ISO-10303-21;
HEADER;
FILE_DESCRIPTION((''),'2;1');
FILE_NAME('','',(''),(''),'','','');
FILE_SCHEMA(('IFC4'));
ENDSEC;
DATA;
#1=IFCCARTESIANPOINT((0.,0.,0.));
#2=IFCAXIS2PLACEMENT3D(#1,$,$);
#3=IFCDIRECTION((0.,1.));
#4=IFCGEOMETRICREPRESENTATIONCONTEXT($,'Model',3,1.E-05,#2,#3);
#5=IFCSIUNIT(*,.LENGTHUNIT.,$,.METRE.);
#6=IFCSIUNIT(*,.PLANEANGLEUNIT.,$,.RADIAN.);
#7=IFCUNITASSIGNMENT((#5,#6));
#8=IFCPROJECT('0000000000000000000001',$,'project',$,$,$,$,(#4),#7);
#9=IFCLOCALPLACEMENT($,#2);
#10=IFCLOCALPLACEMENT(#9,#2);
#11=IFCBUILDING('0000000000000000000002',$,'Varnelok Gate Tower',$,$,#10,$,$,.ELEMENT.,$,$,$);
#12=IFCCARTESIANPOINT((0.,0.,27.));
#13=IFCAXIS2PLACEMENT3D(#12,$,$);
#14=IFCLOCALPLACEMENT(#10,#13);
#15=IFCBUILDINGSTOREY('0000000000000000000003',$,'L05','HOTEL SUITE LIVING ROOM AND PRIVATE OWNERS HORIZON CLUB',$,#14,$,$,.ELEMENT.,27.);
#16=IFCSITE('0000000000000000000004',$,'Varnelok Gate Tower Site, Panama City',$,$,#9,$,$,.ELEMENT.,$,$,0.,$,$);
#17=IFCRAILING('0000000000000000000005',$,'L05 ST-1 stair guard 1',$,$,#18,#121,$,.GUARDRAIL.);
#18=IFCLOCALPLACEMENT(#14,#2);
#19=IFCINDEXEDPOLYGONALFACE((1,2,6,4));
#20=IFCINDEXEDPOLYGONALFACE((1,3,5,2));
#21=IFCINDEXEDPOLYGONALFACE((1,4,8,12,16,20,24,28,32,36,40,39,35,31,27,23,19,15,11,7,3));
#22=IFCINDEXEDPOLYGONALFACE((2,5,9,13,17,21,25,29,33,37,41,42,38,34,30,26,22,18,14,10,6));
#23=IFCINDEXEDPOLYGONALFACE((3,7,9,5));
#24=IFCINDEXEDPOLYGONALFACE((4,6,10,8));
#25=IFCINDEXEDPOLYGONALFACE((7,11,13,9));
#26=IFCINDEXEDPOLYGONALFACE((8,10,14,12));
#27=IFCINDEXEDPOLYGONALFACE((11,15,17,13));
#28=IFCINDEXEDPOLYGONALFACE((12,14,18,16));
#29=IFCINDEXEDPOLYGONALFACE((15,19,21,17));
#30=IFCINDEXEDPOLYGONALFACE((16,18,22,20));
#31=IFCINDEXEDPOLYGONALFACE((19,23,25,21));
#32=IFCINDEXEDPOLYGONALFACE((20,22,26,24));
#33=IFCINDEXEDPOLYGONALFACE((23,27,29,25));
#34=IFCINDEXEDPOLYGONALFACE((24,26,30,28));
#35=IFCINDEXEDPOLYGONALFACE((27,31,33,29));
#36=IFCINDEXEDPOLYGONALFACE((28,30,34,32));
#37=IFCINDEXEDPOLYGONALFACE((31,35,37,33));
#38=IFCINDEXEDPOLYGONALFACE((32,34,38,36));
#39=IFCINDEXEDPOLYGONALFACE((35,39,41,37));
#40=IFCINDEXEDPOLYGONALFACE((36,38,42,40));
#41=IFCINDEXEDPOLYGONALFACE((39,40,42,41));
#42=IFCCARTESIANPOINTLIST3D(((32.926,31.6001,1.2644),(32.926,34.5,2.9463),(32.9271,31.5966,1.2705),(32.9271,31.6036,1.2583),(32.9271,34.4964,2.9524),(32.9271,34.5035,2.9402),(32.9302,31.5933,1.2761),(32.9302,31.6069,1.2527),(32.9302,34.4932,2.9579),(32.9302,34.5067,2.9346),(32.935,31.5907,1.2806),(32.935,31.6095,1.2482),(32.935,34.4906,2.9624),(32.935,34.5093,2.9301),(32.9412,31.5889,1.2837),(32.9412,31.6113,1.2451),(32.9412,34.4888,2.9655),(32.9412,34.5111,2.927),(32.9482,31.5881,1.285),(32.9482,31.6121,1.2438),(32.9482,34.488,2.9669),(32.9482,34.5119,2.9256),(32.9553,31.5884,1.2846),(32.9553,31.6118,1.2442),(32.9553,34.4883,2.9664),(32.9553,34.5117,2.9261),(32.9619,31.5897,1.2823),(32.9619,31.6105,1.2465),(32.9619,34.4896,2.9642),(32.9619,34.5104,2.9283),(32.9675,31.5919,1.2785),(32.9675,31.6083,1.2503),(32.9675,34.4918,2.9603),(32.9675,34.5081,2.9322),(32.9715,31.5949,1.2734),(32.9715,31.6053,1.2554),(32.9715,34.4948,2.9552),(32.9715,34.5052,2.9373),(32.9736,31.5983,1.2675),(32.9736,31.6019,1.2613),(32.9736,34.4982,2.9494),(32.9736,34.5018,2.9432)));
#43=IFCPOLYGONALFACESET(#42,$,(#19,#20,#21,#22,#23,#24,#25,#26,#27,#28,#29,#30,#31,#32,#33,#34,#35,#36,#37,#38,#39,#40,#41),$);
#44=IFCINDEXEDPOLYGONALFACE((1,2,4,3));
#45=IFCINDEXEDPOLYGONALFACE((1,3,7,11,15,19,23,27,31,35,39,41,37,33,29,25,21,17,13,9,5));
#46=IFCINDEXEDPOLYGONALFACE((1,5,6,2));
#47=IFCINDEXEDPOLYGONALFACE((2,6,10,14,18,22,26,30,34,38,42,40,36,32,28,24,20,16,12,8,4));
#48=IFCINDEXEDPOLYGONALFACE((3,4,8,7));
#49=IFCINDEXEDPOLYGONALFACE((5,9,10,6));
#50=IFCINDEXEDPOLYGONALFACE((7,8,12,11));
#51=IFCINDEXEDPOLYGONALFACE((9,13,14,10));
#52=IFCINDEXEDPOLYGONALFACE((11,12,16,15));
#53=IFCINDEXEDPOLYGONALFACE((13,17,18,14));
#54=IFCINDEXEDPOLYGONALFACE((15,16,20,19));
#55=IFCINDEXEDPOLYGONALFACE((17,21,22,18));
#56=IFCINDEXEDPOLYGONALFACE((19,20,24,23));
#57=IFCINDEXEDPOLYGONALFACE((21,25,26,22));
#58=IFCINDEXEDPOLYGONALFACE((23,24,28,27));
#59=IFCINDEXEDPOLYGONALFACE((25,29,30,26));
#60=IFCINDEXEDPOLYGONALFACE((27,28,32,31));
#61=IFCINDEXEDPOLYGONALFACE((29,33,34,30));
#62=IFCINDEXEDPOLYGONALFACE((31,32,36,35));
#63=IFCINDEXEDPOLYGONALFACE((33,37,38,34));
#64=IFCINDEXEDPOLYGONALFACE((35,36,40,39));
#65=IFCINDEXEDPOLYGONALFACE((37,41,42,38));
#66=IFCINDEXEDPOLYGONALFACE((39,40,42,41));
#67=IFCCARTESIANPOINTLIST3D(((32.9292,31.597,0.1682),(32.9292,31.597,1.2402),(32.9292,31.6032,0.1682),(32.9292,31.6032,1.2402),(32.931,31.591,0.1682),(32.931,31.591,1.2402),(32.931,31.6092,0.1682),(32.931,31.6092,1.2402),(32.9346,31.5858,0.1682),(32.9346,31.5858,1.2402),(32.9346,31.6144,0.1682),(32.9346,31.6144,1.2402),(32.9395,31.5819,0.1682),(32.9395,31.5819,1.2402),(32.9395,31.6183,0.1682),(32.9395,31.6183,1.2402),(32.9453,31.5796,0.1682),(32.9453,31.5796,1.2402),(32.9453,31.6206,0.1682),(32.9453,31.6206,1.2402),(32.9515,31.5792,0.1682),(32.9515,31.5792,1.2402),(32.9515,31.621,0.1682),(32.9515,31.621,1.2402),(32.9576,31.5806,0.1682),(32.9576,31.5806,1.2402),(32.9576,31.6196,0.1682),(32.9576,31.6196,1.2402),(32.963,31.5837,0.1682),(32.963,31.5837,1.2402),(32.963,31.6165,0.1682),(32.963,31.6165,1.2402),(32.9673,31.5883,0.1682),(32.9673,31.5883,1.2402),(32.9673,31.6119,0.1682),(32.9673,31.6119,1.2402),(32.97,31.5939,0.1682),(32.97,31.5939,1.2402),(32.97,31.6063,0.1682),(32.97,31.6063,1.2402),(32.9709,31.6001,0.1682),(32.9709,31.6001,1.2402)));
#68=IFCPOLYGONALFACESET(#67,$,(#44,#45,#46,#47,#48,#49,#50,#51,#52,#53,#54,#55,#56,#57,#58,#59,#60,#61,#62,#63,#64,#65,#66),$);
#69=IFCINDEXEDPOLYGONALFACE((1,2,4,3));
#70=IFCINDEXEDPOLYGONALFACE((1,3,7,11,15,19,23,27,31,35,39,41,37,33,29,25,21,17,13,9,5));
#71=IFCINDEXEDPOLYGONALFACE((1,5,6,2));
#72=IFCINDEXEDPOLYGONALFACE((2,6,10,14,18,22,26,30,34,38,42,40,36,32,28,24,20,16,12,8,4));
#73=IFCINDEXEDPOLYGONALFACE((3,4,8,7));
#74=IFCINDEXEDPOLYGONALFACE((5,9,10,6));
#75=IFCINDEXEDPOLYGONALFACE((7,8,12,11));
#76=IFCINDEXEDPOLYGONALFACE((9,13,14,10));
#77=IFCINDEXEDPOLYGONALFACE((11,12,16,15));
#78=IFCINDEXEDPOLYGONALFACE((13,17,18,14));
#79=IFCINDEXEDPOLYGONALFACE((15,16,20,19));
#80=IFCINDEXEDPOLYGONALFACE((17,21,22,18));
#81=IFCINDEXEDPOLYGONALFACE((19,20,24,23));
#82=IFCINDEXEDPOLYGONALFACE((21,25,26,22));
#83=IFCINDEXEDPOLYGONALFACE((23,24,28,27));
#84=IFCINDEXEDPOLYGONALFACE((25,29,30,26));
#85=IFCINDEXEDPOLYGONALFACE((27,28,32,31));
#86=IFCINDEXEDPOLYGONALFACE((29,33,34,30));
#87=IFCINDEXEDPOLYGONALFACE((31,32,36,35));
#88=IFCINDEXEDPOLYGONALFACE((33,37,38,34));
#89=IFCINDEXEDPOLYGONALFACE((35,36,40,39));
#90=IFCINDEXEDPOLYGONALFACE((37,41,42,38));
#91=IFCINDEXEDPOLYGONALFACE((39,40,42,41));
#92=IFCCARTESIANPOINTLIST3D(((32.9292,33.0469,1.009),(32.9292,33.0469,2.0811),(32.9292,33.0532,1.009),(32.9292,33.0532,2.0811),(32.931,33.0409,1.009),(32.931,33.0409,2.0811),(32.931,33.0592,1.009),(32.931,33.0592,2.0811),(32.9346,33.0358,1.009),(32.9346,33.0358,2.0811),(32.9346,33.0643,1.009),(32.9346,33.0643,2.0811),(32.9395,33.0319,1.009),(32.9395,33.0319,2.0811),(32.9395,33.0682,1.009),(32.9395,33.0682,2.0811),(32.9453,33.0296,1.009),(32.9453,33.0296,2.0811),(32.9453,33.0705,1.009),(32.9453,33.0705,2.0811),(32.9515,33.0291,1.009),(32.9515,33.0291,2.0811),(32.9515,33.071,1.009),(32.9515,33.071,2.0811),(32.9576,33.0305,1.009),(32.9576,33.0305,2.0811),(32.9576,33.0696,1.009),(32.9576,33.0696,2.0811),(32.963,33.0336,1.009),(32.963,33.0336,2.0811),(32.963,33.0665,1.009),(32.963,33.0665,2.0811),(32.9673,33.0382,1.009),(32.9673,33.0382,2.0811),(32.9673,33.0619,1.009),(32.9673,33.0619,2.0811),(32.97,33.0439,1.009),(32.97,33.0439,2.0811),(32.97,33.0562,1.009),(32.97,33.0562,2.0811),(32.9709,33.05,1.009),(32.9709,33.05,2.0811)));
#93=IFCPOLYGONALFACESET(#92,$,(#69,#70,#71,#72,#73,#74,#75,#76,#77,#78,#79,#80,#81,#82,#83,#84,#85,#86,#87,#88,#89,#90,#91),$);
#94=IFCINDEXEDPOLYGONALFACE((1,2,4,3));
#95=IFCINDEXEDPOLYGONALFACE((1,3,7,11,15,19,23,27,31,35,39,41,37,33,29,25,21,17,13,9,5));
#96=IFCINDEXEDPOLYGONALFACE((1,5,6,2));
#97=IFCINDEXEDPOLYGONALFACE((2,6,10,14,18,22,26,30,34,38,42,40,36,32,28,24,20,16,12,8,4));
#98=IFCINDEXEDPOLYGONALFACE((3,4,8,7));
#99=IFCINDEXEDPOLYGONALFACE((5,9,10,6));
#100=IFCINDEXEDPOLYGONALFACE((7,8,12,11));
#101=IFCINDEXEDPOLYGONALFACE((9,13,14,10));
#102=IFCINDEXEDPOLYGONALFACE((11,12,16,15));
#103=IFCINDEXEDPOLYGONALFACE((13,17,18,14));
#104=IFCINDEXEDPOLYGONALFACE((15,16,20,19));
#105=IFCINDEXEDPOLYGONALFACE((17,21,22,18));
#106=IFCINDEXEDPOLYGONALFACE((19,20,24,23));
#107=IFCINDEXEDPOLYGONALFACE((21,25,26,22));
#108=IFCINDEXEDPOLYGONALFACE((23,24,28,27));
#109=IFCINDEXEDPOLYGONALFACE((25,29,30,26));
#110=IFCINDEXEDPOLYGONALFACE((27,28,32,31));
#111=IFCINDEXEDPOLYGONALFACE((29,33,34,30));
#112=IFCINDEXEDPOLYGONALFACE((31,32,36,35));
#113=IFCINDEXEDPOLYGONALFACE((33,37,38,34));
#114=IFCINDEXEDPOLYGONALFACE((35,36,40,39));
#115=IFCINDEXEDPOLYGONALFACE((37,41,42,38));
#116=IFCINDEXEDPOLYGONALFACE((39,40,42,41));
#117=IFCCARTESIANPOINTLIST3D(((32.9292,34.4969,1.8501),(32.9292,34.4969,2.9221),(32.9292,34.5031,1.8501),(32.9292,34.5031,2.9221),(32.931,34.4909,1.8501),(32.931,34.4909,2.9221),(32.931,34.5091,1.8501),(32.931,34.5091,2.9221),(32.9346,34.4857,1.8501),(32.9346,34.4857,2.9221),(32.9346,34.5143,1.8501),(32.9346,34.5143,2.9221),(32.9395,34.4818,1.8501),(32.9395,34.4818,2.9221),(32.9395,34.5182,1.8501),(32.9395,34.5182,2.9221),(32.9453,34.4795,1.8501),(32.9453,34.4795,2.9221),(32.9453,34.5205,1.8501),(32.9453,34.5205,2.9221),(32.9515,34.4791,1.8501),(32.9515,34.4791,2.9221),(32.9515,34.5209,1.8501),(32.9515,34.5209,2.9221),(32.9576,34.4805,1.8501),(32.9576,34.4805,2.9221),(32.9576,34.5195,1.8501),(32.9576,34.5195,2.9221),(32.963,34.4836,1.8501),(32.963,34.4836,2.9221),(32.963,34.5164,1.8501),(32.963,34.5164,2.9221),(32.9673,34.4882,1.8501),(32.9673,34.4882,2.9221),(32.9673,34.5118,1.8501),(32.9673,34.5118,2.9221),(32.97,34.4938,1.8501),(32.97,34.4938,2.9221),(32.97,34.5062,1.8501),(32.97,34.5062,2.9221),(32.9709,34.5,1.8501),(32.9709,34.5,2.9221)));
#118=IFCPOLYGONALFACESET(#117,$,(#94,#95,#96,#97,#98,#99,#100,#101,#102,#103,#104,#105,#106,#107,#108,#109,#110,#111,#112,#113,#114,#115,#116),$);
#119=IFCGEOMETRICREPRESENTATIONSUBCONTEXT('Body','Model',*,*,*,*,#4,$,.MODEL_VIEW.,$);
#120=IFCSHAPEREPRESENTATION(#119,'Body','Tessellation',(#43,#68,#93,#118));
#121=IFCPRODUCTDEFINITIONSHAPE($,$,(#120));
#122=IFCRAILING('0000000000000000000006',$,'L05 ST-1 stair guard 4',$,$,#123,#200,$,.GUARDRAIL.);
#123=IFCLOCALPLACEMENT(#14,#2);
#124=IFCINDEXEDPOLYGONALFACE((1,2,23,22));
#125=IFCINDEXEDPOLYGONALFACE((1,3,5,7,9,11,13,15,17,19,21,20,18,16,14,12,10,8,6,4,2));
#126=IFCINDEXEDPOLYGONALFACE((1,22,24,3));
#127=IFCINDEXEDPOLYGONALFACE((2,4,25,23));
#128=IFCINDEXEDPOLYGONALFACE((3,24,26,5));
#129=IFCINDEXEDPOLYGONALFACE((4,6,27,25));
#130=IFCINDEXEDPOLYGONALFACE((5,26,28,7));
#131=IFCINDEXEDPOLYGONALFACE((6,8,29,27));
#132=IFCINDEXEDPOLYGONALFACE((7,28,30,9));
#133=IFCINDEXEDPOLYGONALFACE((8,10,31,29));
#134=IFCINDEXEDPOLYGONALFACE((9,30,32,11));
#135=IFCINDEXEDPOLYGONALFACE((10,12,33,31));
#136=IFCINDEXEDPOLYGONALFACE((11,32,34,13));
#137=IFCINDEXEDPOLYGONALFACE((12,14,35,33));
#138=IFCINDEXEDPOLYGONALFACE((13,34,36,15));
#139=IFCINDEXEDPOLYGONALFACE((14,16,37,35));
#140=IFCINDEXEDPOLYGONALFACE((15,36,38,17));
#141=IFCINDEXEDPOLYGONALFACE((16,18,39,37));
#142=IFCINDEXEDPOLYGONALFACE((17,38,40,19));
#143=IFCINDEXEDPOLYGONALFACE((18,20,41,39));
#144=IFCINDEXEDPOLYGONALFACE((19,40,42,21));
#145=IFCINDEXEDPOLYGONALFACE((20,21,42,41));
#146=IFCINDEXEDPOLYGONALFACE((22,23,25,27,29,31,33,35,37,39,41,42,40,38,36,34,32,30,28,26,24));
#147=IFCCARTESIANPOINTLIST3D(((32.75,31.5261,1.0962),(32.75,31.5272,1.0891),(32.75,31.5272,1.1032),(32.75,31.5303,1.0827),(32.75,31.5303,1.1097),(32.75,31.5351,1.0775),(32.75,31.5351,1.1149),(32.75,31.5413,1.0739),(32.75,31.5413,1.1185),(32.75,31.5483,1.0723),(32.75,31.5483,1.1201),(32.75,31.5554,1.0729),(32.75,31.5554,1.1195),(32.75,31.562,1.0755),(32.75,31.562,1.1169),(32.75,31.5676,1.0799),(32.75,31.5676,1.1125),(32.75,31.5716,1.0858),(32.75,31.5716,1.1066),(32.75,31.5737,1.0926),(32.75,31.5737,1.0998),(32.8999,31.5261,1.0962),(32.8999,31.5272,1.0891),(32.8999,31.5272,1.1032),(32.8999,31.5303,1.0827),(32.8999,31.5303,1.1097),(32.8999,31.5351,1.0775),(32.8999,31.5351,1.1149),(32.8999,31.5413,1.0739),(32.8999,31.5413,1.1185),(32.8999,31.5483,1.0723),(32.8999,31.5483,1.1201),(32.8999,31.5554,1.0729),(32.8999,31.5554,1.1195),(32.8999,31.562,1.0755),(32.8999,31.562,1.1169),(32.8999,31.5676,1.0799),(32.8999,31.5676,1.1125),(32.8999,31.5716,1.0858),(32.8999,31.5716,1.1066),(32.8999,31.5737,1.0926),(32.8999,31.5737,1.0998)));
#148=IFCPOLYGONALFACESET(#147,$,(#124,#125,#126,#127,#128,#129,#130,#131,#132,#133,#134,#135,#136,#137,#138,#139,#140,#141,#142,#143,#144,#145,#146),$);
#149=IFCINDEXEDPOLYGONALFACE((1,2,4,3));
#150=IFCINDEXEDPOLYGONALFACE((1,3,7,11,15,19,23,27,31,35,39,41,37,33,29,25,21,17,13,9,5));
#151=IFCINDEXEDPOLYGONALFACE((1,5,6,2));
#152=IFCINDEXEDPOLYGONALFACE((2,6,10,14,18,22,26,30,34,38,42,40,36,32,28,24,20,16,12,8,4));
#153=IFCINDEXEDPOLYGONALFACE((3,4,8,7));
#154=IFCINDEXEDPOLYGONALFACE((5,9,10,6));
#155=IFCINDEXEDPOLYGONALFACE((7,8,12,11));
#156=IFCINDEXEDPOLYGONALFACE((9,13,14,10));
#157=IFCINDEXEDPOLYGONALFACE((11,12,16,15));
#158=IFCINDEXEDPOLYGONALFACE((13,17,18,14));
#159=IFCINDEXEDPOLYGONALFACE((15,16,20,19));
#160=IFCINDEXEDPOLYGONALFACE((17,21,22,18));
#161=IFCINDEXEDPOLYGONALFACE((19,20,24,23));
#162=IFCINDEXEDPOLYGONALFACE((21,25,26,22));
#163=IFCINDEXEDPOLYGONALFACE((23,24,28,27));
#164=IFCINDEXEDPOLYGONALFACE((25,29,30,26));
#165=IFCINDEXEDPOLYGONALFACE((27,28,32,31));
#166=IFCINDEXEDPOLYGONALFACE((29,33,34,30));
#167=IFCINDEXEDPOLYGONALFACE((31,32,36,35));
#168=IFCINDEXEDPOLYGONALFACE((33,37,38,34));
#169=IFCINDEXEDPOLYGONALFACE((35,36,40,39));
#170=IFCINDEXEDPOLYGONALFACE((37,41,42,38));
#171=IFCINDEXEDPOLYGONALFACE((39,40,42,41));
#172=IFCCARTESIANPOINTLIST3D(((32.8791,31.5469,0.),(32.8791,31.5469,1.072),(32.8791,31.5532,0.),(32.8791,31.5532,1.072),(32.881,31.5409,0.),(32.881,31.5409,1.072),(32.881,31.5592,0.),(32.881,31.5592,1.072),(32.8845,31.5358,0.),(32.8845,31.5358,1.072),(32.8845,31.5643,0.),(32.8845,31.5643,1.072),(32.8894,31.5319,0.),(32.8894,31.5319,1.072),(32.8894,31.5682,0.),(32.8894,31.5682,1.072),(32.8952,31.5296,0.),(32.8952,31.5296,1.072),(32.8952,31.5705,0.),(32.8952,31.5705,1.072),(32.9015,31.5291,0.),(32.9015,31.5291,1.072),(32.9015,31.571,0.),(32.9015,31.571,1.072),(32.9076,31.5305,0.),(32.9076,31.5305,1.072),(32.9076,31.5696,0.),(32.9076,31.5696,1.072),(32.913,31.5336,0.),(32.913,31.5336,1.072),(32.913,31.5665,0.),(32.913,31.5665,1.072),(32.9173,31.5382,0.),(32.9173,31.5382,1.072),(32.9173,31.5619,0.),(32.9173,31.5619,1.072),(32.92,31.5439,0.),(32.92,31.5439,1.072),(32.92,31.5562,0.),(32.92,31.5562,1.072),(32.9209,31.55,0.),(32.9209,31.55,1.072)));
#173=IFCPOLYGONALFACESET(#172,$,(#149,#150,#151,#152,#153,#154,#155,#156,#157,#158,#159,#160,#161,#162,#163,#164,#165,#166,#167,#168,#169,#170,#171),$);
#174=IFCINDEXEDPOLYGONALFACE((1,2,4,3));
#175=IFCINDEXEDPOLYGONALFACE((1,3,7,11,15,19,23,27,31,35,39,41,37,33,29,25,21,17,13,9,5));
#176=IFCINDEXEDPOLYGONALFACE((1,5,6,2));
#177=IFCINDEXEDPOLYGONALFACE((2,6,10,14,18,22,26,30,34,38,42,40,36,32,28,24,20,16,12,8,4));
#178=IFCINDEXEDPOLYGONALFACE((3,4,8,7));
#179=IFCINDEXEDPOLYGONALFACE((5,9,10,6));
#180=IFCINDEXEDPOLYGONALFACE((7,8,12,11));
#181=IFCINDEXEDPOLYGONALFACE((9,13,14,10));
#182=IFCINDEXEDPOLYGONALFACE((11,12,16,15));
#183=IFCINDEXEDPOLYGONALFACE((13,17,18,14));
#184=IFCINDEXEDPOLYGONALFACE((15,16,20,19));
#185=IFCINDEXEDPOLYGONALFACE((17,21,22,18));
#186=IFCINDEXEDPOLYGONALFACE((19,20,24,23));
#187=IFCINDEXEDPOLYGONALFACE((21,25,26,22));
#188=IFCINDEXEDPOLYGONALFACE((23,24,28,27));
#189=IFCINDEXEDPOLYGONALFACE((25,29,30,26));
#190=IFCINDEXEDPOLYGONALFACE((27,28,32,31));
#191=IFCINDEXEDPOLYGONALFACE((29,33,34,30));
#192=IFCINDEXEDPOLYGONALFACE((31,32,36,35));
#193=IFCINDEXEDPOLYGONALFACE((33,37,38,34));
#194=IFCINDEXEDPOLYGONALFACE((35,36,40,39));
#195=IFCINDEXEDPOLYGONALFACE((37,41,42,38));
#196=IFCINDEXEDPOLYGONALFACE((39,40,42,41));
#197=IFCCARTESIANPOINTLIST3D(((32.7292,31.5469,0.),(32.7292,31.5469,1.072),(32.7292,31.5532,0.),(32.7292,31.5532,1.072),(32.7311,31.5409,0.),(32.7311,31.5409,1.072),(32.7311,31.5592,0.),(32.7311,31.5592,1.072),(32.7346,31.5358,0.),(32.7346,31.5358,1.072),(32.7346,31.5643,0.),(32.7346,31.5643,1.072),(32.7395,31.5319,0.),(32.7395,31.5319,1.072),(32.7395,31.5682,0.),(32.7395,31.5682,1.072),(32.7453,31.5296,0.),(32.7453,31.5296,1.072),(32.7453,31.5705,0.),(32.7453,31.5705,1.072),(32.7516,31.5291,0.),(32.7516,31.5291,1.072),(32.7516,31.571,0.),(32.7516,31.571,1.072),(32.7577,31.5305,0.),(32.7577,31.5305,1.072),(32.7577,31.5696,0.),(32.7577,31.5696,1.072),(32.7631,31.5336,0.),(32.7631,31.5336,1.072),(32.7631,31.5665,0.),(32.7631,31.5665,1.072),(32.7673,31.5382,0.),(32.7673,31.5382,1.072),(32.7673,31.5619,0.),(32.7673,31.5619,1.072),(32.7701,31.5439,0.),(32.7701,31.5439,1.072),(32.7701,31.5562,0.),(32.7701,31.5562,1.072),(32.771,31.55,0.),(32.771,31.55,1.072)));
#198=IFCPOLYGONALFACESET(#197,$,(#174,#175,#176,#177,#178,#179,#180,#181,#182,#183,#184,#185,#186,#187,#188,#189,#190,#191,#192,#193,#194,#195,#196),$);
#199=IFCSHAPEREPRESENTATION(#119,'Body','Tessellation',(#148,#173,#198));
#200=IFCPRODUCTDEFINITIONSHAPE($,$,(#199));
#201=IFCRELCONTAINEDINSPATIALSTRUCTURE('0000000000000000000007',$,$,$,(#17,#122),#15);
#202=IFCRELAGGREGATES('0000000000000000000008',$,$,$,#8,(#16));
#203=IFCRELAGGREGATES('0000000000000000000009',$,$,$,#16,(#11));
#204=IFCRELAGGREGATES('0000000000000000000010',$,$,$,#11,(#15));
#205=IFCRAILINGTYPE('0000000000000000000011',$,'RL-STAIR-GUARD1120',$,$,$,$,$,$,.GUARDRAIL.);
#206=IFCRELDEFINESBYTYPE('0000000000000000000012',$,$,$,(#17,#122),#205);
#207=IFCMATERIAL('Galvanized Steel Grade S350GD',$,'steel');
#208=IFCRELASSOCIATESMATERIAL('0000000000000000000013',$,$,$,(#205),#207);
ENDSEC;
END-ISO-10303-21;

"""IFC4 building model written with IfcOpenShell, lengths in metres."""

from ifc_helpers import new_model, si_unit, direction, frame, origin, origin_2d, place, context, subcontext, project, spatial, circle, extrude, material, type_object, element, save


model = new_model("IFC4")

# Units and contexts
model_context = context("Model", 3, precision=1e-05, world=origin(), true_north=direction((0.0, 1.0)))
body_context = subcontext(model_context, "Body", "Model", "MODEL_VIEW")
ifc_project = project(units=[si_unit("LENGTHUNIT", "METRE"), si_unit("PLANEANGLEUNIT", "RADIAN")], contexts=[model_context])

# Site, building, storey
site_placement = place(None, origin())
site = spatial("IfcSite", under=ifc_project, at=site_placement, Name="Varnelok Gate Tower Site, Panama City", CompositionType="ELEMENT", RefElevation=0.0)
building_placement = place(site_placement, origin())
building = spatial("IfcBuilding", under=site, at=building_placement, Name="Varnelok Gate Tower", CompositionType="ELEMENT")
storey_placement = place(building_placement, frame((0.0, 0.0, 27.0)))
storey = spatial("IfcBuildingStorey", under=building, at=storey_placement, Name="L05", Description="HOTEL SUITE LIVING ROOM AND PRIVATE OWNERS HORIZON CLUB", CompositionType="ELEMENT", Elevation=27.0)

# Shared definitions
ifc_material_1 = material(Name="Galvanized Steel Grade S350GD", Category="steel")

# Railings
railing_type = type_object("IfcRailingType", Name="RL-STAIR-GUARD1120", PredefinedType="GUARDRAIL", material=ifc_material_1)
railing_1_placement = place(storey_placement, frame((32.95, 31.6001, 0.1682)))
element("IfcRailing", 1, at=railing_1_placement, inside=storey, type_object=railing_type, Name="L05 ST-1 stair guard 1", PredefinedType="GUARDRAIL", context=body_context, shape_type="SweptSolid", body=[
    extrude(circle(Radius=0.0239, at=origin_2d()), frame((0.0, 0.0, 1.0962), z_axis=(0.0, 0.865039, 0.501705), x_axis=(-1.0, 0.0, 0.0)), (0.0, 0.0, 1.0), 3.3523),
    extrude(circle(Radius=0.021, at=origin_2d()), origin(), (0.0, 0.0, 1.0), 1.072),
    extrude(circle(Radius=0.021, at=origin_2d()), frame((0.0, 1.45, 0.8408)), (0.0, 0.0, 1.0), 1.072),
    extrude(circle(Radius=0.021, at=origin_2d()), frame((0.0, 2.8999, 1.6819)), (0.0, 0.0, 1.0), 1.072),
])
railing_2_placement = place(storey_placement, frame((32.8999, 31.55, 0.0)))
element("IfcRailing", 2, at=railing_2_placement, inside=storey, type_object=railing_type, Name="L05 ST-1 stair guard 4", PredefinedType="GUARDRAIL", context=body_context, shape_type="SweptSolid", body=[
    extrude(circle(Radius=0.0239, at=origin_2d()), frame((0.0, 0.0, 1.0962), z_axis=(-1.0, 0.0, 0.0), x_axis=(0.0, -1.0, 0.0)), (0.0, 0.0, 1.0), 0.1499),
    extrude(circle(Radius=0.021, at=origin_2d()), origin(), (0.0, 0.0, 1.0), 1.072),
    extrude(circle(Radius=0.021, at=origin_2d()), frame((-0.1499, 0.0, 0.0)), (0.0, 0.0, 1.0), 1.072),
])

save(model, "model.ifc")
